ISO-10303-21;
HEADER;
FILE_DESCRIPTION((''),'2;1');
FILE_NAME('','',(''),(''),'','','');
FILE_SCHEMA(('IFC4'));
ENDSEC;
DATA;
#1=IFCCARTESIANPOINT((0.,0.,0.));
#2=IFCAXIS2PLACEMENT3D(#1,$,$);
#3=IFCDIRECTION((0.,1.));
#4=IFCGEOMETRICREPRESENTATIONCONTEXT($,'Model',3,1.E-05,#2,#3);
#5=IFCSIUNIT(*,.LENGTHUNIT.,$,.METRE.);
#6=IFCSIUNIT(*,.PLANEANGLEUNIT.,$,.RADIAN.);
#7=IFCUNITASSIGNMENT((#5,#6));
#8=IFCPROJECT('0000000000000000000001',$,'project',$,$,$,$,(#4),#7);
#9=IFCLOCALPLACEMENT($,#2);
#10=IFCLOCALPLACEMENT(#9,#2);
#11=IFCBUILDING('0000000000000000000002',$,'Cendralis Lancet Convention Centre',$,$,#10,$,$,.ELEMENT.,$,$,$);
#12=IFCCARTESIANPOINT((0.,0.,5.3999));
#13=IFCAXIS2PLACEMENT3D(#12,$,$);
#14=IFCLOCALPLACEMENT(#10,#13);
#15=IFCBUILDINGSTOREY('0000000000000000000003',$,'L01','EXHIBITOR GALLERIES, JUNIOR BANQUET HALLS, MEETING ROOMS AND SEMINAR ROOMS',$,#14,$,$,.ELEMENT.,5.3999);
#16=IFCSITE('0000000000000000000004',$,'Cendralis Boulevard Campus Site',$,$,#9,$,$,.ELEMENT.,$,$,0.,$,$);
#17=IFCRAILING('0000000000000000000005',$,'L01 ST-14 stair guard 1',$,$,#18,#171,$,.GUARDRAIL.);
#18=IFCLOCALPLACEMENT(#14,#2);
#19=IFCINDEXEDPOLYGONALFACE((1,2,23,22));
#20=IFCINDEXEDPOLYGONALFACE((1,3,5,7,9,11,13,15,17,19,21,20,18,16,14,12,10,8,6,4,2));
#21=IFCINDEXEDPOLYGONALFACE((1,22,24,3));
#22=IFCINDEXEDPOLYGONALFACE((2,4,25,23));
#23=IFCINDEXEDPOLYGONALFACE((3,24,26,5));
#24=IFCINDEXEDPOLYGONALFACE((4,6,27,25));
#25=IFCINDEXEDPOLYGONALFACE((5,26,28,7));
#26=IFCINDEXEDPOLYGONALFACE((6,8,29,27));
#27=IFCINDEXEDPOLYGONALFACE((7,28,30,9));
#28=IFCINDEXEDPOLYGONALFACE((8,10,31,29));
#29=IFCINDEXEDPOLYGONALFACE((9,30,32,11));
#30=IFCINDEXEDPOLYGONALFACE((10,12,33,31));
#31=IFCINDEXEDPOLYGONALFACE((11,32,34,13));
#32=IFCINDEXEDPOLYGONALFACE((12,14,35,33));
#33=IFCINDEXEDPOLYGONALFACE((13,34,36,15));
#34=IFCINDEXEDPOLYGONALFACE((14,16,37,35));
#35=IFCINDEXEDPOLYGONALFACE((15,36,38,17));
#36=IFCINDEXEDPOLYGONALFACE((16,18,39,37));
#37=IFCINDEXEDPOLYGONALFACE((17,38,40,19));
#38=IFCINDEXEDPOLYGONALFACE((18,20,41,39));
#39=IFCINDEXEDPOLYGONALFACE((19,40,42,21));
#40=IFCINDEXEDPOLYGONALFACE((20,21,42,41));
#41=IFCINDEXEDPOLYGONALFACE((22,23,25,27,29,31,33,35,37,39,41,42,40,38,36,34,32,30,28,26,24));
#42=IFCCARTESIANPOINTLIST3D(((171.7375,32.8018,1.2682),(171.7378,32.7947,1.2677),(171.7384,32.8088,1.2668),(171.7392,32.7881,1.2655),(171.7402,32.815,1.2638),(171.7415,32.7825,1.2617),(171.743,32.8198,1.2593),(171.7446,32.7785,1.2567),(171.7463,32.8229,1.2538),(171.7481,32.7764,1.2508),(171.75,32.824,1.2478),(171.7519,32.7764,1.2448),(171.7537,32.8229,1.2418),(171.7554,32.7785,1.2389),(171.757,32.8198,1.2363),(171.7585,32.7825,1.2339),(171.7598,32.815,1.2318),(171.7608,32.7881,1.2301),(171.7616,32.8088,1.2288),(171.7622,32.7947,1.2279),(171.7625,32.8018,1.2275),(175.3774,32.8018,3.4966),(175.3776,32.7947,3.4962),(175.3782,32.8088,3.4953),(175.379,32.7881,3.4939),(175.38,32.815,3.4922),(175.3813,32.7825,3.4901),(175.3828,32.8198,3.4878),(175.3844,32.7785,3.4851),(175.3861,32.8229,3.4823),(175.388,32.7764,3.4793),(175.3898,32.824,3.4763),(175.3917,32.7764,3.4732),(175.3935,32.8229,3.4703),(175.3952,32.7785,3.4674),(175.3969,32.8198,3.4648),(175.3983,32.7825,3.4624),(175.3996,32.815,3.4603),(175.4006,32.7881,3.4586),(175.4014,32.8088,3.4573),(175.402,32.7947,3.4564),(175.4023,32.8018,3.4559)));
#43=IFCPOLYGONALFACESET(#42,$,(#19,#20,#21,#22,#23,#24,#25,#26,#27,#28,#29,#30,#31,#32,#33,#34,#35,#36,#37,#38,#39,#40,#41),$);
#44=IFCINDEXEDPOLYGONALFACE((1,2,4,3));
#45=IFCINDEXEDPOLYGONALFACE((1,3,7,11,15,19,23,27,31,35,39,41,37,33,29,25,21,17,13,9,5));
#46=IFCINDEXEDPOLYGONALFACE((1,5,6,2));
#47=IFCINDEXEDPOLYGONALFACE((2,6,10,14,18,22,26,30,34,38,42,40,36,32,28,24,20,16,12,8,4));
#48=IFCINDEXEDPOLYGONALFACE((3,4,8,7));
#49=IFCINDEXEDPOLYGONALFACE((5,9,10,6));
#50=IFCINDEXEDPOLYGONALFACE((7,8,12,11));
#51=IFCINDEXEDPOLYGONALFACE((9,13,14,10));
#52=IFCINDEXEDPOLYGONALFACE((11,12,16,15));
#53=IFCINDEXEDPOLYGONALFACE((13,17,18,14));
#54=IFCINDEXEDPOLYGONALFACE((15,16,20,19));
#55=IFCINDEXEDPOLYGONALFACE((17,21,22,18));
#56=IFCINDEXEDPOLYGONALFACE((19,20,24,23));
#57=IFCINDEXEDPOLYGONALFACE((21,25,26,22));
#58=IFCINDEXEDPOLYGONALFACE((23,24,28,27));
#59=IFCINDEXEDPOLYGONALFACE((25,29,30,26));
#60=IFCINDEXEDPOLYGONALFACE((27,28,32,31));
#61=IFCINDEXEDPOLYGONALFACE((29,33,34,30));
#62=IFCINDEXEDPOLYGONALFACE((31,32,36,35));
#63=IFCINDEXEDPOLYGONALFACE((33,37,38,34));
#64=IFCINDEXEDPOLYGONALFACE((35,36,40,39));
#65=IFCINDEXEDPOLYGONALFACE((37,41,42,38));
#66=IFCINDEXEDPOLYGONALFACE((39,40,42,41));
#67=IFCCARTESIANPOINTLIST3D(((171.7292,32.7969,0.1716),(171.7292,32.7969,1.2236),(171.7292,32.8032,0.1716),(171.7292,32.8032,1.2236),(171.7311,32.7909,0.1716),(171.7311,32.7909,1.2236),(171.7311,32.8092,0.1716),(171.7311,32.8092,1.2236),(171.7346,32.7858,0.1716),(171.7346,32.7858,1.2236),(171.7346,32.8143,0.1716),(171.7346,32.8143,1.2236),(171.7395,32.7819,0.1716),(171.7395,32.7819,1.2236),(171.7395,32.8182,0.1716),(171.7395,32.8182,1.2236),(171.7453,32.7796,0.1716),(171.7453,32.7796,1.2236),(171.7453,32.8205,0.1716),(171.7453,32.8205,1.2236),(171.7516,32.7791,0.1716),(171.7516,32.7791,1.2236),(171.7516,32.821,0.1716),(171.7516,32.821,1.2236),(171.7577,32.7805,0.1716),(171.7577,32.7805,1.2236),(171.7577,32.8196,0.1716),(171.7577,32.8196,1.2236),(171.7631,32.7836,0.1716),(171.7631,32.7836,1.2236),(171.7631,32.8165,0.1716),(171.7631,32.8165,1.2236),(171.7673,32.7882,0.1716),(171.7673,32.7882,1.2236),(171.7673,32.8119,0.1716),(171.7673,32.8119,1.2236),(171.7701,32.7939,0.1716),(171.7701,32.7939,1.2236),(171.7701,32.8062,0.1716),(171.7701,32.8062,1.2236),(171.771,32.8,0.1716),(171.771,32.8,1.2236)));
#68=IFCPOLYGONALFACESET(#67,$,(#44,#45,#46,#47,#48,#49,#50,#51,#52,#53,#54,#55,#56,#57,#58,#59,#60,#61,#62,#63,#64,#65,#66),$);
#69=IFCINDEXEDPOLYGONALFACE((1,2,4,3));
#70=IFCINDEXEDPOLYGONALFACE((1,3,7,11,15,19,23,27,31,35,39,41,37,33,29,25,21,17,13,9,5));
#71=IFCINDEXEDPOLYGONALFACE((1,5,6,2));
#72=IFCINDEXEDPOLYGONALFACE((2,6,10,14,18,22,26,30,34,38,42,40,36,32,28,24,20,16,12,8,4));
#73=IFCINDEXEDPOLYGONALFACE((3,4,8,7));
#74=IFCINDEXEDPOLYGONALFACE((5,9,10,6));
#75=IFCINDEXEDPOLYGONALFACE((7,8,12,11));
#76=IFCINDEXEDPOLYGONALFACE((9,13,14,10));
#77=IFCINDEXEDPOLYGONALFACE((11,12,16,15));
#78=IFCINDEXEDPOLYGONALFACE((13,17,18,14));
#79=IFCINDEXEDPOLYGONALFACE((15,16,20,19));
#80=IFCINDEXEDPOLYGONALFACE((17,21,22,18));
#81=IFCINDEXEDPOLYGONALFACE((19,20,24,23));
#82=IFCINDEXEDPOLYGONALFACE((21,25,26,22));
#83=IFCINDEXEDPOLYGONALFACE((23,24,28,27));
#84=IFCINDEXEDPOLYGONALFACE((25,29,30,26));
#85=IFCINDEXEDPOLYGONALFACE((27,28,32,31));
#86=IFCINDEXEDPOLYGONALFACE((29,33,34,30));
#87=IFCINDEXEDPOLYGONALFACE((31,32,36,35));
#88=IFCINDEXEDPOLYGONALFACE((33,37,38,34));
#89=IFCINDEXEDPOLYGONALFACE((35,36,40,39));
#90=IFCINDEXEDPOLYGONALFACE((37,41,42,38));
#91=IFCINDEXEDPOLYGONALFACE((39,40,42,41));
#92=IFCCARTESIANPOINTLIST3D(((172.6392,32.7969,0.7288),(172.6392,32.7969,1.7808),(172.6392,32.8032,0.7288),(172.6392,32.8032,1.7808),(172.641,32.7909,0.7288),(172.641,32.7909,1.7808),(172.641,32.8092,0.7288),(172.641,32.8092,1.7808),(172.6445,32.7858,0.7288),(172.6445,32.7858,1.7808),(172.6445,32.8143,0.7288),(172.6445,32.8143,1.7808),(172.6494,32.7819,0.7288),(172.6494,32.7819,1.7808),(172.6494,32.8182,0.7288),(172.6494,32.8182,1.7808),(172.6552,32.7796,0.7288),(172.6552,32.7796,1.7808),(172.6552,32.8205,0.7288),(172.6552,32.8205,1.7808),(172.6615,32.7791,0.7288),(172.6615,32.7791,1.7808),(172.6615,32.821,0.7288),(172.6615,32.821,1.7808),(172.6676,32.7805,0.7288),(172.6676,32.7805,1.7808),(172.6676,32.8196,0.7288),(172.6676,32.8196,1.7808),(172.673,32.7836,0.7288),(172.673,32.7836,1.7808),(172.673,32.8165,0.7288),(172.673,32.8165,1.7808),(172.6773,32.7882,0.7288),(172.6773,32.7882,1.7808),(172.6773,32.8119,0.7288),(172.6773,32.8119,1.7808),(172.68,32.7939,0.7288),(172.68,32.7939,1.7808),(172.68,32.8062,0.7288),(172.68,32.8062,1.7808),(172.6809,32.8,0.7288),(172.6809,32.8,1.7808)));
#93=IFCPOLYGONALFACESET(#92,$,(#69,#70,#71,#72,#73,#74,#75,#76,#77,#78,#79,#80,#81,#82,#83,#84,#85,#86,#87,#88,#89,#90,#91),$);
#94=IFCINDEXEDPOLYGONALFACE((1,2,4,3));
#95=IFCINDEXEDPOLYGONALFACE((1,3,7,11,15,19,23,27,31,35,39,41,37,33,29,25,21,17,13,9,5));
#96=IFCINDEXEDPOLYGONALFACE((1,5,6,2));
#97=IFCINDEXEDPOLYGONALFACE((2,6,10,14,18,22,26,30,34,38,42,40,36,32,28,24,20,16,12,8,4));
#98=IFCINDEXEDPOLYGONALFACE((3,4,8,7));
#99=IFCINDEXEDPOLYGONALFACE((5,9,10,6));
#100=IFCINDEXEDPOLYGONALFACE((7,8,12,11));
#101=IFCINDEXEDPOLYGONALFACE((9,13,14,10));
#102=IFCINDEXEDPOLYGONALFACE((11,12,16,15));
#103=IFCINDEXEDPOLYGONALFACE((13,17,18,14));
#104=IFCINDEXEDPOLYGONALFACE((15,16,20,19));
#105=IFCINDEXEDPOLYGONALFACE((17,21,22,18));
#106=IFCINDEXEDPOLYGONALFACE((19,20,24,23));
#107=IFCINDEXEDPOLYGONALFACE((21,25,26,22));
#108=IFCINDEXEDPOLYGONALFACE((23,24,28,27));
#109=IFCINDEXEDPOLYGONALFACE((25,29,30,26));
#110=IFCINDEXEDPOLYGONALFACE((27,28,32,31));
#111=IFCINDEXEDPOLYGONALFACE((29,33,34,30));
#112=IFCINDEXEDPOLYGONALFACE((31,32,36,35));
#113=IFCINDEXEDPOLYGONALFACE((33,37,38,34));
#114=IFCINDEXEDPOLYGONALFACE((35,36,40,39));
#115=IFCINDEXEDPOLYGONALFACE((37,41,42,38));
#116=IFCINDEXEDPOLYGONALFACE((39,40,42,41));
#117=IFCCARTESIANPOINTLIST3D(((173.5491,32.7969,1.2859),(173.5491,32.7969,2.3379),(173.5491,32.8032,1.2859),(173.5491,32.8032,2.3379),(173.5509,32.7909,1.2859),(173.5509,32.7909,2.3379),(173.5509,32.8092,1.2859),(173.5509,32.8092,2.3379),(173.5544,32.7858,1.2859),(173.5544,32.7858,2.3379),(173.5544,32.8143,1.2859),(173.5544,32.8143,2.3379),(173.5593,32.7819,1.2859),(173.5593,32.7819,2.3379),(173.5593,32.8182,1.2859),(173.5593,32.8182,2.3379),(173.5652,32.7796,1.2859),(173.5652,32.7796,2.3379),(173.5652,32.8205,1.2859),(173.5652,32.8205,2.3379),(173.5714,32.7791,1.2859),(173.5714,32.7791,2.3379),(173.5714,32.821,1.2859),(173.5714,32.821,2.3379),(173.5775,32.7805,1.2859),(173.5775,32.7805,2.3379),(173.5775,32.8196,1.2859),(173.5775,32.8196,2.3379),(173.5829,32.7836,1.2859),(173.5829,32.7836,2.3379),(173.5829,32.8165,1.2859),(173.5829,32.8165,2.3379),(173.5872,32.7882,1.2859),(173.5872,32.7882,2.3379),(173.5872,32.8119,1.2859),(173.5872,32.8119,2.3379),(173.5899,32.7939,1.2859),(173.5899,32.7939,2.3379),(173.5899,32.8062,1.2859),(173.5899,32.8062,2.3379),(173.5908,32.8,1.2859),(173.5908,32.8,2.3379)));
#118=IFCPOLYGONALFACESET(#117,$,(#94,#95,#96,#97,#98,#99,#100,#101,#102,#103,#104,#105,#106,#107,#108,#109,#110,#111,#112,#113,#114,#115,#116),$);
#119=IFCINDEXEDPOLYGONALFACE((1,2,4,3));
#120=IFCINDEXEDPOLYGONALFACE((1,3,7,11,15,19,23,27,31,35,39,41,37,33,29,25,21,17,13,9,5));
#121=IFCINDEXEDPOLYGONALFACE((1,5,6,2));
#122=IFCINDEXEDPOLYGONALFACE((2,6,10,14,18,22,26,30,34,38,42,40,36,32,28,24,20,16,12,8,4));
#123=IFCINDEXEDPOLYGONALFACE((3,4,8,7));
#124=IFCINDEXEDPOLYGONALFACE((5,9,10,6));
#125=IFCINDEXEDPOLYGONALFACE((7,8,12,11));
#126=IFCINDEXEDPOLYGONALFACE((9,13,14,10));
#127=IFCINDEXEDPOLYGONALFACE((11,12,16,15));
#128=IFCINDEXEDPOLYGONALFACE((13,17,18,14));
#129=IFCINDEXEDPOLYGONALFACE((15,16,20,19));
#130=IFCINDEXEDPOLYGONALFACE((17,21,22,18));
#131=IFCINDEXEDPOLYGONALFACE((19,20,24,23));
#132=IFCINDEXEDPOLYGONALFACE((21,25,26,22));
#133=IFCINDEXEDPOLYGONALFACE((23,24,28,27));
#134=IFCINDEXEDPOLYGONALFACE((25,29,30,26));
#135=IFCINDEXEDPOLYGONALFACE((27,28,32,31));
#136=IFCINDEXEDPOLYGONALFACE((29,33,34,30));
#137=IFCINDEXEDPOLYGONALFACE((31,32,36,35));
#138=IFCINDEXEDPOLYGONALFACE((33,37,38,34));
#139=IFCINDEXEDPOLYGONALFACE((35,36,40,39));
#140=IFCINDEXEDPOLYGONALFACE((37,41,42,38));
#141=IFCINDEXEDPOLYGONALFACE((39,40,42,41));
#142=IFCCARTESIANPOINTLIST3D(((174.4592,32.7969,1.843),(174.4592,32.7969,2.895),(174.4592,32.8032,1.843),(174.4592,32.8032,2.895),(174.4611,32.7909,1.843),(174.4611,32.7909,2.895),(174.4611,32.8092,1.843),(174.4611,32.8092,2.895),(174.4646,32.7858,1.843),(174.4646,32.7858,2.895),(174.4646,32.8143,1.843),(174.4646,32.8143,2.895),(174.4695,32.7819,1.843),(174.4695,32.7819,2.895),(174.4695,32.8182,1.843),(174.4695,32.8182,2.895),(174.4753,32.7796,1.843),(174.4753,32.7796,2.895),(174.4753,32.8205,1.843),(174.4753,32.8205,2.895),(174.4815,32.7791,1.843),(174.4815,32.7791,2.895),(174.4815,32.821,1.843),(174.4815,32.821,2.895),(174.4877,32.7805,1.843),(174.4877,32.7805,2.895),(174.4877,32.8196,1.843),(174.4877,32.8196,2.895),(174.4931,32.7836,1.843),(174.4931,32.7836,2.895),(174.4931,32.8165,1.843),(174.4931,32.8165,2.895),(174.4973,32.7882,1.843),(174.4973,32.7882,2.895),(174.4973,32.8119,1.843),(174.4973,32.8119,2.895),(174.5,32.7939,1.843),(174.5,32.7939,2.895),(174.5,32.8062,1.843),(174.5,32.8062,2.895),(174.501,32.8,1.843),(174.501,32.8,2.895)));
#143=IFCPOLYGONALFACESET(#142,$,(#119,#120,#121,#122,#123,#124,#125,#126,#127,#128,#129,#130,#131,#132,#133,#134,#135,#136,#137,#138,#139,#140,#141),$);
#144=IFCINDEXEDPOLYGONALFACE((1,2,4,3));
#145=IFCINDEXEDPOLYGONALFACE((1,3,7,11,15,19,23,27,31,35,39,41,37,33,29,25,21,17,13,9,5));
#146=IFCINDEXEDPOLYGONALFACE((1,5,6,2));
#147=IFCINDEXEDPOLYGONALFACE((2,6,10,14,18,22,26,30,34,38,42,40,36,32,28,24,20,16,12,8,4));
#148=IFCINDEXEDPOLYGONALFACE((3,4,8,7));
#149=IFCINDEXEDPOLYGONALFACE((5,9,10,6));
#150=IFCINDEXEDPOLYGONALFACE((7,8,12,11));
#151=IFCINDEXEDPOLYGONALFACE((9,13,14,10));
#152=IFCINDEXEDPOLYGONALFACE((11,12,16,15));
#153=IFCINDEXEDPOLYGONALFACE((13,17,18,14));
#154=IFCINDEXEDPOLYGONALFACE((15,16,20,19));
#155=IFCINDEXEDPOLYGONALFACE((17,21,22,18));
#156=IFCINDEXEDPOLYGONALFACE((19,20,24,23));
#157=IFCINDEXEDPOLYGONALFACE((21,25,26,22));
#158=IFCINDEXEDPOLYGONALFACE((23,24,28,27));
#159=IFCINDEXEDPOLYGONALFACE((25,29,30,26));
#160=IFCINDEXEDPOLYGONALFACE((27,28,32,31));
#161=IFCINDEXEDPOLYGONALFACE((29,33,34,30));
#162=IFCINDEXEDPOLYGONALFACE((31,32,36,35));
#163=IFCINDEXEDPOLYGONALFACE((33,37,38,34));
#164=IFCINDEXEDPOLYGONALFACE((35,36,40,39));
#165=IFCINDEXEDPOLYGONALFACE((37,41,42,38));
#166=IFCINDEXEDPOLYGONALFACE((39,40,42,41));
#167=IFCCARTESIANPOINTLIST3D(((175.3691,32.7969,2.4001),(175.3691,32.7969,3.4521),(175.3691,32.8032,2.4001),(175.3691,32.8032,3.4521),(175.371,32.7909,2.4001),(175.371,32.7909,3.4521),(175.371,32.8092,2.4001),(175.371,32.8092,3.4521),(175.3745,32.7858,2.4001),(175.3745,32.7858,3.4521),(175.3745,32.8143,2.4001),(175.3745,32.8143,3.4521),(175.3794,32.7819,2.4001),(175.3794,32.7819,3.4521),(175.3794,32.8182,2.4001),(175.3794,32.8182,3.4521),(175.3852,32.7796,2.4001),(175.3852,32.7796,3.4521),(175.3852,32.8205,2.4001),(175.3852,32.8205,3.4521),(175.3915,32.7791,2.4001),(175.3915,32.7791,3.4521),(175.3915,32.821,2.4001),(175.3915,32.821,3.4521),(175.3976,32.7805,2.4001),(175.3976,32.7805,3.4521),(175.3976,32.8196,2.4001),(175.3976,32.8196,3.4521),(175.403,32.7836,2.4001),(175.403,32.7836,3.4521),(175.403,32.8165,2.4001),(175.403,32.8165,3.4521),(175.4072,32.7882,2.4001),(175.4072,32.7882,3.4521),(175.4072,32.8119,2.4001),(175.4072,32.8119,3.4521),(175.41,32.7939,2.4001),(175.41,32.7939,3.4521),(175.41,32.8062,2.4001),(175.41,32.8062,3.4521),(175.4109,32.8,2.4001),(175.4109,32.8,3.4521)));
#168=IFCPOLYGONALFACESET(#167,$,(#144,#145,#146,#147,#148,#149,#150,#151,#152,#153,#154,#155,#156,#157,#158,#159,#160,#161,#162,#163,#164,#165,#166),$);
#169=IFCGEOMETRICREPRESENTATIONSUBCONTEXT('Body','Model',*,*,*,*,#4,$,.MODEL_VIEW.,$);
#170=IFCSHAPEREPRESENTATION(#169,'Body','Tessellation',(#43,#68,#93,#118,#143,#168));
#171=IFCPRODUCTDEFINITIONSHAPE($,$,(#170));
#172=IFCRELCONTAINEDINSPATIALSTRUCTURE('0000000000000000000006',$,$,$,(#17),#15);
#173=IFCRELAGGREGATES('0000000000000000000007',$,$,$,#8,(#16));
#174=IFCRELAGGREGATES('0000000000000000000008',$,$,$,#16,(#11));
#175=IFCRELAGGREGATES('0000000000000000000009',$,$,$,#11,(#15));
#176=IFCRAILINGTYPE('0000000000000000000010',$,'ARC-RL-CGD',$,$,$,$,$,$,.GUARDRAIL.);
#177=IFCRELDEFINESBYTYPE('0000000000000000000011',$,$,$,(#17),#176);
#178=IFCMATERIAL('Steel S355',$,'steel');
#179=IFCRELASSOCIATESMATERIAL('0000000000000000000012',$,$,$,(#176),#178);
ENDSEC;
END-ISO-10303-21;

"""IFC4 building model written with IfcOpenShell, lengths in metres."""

from ifc_helpers import new_model, si_unit, direction, frame, origin, origin_2d, place, context, subcontext, project, spatial, circle, extrude, material, type_object, element, save


model = new_model("IFC4")

# Units and contexts
model_context = context("Model", 3, precision=1e-05, world=origin(), true_north=direction((0.0, 1.0)))
body_context = subcontext(model_context, "Body", "Model", "MODEL_VIEW")
ifc_project = project(units=[si_unit("LENGTHUNIT", "METRE"), si_unit("PLANEANGLEUNIT", "RADIAN")], contexts=[model_context])

# Site, building, storey
site_placement = place(None, origin())
site = spatial("IfcSite", under=ifc_project, at=site_placement, Name="Cendralis Boulevard Campus Site", CompositionType="ELEMENT", RefElevation=0.0)
building_placement = place(site_placement, origin())
building = spatial("IfcBuilding", under=site, at=building_placement, Name="Cendralis Lancet Convention Centre", CompositionType="ELEMENT")
storey_placement = place(building_placement, frame((0.0, 0.0, 5.3999)))
storey = spatial("IfcBuildingStorey", under=building, at=storey_placement, Name="L01", Description="EXHIBITOR GALLERIES, JUNIOR BANQUET HALLS, MEETING ROOMS AND SEMINAR ROOMS", CompositionType="ELEMENT", Elevation=5.3999)

# Shared definitions
ifc_material_1 = material(Name="Steel S355", Category="steel")

# Railing
railing_type_1 = type_object("IfcRailingType", Name="ARC-RL-CGD", PredefinedType="GUARDRAIL", material=ifc_material_1)
railing_1_placement = place(storey_placement, frame((171.75, 32.8, 0.1716)))
element("IfcRailing", 1, at=railing_1_placement, inside=storey, type_object=railing_type_1, Name="L01 ST-14 stair guard 1", PredefinedType="GUARDRAIL", context=body_context, shape_type="SweptSolid", body=[
    extrude(circle(Radius=0.0239, at=origin_2d()), frame((0.0, 0.0, 1.0762), z_axis=(0.85285, 0.0, 0.522156), x_axis=(0.0, 1.0, 0.0)), (0.0, 0.0, 1.0), 4.2678),
    extrude(circle(Radius=0.021, at=origin_2d()), origin(), (0.0, 0.0, 1.0), 1.052),
    extrude(circle(Radius=0.021, at=origin_2d()), frame((0.9099, 0.0, 0.5571)), (0.0, 0.0, 1.0), 1.052),
    extrude(circle(Radius=0.021, at=origin_2d()), frame((1.8198, 0.0, 1.1143)), (0.0, 0.0, 1.0), 1.052),
    extrude(circle(Radius=0.021, at=origin_2d()), frame((2.73, 0.0, 1.6714)), (0.0, 0.0, 1.0), 1.052),
    extrude(circle(Radius=0.021, at=origin_2d()), frame((3.6399, 0.0, 2.2285)), (0.0, 0.0, 1.0), 1.052),
])

save(model, "model.ifc")
